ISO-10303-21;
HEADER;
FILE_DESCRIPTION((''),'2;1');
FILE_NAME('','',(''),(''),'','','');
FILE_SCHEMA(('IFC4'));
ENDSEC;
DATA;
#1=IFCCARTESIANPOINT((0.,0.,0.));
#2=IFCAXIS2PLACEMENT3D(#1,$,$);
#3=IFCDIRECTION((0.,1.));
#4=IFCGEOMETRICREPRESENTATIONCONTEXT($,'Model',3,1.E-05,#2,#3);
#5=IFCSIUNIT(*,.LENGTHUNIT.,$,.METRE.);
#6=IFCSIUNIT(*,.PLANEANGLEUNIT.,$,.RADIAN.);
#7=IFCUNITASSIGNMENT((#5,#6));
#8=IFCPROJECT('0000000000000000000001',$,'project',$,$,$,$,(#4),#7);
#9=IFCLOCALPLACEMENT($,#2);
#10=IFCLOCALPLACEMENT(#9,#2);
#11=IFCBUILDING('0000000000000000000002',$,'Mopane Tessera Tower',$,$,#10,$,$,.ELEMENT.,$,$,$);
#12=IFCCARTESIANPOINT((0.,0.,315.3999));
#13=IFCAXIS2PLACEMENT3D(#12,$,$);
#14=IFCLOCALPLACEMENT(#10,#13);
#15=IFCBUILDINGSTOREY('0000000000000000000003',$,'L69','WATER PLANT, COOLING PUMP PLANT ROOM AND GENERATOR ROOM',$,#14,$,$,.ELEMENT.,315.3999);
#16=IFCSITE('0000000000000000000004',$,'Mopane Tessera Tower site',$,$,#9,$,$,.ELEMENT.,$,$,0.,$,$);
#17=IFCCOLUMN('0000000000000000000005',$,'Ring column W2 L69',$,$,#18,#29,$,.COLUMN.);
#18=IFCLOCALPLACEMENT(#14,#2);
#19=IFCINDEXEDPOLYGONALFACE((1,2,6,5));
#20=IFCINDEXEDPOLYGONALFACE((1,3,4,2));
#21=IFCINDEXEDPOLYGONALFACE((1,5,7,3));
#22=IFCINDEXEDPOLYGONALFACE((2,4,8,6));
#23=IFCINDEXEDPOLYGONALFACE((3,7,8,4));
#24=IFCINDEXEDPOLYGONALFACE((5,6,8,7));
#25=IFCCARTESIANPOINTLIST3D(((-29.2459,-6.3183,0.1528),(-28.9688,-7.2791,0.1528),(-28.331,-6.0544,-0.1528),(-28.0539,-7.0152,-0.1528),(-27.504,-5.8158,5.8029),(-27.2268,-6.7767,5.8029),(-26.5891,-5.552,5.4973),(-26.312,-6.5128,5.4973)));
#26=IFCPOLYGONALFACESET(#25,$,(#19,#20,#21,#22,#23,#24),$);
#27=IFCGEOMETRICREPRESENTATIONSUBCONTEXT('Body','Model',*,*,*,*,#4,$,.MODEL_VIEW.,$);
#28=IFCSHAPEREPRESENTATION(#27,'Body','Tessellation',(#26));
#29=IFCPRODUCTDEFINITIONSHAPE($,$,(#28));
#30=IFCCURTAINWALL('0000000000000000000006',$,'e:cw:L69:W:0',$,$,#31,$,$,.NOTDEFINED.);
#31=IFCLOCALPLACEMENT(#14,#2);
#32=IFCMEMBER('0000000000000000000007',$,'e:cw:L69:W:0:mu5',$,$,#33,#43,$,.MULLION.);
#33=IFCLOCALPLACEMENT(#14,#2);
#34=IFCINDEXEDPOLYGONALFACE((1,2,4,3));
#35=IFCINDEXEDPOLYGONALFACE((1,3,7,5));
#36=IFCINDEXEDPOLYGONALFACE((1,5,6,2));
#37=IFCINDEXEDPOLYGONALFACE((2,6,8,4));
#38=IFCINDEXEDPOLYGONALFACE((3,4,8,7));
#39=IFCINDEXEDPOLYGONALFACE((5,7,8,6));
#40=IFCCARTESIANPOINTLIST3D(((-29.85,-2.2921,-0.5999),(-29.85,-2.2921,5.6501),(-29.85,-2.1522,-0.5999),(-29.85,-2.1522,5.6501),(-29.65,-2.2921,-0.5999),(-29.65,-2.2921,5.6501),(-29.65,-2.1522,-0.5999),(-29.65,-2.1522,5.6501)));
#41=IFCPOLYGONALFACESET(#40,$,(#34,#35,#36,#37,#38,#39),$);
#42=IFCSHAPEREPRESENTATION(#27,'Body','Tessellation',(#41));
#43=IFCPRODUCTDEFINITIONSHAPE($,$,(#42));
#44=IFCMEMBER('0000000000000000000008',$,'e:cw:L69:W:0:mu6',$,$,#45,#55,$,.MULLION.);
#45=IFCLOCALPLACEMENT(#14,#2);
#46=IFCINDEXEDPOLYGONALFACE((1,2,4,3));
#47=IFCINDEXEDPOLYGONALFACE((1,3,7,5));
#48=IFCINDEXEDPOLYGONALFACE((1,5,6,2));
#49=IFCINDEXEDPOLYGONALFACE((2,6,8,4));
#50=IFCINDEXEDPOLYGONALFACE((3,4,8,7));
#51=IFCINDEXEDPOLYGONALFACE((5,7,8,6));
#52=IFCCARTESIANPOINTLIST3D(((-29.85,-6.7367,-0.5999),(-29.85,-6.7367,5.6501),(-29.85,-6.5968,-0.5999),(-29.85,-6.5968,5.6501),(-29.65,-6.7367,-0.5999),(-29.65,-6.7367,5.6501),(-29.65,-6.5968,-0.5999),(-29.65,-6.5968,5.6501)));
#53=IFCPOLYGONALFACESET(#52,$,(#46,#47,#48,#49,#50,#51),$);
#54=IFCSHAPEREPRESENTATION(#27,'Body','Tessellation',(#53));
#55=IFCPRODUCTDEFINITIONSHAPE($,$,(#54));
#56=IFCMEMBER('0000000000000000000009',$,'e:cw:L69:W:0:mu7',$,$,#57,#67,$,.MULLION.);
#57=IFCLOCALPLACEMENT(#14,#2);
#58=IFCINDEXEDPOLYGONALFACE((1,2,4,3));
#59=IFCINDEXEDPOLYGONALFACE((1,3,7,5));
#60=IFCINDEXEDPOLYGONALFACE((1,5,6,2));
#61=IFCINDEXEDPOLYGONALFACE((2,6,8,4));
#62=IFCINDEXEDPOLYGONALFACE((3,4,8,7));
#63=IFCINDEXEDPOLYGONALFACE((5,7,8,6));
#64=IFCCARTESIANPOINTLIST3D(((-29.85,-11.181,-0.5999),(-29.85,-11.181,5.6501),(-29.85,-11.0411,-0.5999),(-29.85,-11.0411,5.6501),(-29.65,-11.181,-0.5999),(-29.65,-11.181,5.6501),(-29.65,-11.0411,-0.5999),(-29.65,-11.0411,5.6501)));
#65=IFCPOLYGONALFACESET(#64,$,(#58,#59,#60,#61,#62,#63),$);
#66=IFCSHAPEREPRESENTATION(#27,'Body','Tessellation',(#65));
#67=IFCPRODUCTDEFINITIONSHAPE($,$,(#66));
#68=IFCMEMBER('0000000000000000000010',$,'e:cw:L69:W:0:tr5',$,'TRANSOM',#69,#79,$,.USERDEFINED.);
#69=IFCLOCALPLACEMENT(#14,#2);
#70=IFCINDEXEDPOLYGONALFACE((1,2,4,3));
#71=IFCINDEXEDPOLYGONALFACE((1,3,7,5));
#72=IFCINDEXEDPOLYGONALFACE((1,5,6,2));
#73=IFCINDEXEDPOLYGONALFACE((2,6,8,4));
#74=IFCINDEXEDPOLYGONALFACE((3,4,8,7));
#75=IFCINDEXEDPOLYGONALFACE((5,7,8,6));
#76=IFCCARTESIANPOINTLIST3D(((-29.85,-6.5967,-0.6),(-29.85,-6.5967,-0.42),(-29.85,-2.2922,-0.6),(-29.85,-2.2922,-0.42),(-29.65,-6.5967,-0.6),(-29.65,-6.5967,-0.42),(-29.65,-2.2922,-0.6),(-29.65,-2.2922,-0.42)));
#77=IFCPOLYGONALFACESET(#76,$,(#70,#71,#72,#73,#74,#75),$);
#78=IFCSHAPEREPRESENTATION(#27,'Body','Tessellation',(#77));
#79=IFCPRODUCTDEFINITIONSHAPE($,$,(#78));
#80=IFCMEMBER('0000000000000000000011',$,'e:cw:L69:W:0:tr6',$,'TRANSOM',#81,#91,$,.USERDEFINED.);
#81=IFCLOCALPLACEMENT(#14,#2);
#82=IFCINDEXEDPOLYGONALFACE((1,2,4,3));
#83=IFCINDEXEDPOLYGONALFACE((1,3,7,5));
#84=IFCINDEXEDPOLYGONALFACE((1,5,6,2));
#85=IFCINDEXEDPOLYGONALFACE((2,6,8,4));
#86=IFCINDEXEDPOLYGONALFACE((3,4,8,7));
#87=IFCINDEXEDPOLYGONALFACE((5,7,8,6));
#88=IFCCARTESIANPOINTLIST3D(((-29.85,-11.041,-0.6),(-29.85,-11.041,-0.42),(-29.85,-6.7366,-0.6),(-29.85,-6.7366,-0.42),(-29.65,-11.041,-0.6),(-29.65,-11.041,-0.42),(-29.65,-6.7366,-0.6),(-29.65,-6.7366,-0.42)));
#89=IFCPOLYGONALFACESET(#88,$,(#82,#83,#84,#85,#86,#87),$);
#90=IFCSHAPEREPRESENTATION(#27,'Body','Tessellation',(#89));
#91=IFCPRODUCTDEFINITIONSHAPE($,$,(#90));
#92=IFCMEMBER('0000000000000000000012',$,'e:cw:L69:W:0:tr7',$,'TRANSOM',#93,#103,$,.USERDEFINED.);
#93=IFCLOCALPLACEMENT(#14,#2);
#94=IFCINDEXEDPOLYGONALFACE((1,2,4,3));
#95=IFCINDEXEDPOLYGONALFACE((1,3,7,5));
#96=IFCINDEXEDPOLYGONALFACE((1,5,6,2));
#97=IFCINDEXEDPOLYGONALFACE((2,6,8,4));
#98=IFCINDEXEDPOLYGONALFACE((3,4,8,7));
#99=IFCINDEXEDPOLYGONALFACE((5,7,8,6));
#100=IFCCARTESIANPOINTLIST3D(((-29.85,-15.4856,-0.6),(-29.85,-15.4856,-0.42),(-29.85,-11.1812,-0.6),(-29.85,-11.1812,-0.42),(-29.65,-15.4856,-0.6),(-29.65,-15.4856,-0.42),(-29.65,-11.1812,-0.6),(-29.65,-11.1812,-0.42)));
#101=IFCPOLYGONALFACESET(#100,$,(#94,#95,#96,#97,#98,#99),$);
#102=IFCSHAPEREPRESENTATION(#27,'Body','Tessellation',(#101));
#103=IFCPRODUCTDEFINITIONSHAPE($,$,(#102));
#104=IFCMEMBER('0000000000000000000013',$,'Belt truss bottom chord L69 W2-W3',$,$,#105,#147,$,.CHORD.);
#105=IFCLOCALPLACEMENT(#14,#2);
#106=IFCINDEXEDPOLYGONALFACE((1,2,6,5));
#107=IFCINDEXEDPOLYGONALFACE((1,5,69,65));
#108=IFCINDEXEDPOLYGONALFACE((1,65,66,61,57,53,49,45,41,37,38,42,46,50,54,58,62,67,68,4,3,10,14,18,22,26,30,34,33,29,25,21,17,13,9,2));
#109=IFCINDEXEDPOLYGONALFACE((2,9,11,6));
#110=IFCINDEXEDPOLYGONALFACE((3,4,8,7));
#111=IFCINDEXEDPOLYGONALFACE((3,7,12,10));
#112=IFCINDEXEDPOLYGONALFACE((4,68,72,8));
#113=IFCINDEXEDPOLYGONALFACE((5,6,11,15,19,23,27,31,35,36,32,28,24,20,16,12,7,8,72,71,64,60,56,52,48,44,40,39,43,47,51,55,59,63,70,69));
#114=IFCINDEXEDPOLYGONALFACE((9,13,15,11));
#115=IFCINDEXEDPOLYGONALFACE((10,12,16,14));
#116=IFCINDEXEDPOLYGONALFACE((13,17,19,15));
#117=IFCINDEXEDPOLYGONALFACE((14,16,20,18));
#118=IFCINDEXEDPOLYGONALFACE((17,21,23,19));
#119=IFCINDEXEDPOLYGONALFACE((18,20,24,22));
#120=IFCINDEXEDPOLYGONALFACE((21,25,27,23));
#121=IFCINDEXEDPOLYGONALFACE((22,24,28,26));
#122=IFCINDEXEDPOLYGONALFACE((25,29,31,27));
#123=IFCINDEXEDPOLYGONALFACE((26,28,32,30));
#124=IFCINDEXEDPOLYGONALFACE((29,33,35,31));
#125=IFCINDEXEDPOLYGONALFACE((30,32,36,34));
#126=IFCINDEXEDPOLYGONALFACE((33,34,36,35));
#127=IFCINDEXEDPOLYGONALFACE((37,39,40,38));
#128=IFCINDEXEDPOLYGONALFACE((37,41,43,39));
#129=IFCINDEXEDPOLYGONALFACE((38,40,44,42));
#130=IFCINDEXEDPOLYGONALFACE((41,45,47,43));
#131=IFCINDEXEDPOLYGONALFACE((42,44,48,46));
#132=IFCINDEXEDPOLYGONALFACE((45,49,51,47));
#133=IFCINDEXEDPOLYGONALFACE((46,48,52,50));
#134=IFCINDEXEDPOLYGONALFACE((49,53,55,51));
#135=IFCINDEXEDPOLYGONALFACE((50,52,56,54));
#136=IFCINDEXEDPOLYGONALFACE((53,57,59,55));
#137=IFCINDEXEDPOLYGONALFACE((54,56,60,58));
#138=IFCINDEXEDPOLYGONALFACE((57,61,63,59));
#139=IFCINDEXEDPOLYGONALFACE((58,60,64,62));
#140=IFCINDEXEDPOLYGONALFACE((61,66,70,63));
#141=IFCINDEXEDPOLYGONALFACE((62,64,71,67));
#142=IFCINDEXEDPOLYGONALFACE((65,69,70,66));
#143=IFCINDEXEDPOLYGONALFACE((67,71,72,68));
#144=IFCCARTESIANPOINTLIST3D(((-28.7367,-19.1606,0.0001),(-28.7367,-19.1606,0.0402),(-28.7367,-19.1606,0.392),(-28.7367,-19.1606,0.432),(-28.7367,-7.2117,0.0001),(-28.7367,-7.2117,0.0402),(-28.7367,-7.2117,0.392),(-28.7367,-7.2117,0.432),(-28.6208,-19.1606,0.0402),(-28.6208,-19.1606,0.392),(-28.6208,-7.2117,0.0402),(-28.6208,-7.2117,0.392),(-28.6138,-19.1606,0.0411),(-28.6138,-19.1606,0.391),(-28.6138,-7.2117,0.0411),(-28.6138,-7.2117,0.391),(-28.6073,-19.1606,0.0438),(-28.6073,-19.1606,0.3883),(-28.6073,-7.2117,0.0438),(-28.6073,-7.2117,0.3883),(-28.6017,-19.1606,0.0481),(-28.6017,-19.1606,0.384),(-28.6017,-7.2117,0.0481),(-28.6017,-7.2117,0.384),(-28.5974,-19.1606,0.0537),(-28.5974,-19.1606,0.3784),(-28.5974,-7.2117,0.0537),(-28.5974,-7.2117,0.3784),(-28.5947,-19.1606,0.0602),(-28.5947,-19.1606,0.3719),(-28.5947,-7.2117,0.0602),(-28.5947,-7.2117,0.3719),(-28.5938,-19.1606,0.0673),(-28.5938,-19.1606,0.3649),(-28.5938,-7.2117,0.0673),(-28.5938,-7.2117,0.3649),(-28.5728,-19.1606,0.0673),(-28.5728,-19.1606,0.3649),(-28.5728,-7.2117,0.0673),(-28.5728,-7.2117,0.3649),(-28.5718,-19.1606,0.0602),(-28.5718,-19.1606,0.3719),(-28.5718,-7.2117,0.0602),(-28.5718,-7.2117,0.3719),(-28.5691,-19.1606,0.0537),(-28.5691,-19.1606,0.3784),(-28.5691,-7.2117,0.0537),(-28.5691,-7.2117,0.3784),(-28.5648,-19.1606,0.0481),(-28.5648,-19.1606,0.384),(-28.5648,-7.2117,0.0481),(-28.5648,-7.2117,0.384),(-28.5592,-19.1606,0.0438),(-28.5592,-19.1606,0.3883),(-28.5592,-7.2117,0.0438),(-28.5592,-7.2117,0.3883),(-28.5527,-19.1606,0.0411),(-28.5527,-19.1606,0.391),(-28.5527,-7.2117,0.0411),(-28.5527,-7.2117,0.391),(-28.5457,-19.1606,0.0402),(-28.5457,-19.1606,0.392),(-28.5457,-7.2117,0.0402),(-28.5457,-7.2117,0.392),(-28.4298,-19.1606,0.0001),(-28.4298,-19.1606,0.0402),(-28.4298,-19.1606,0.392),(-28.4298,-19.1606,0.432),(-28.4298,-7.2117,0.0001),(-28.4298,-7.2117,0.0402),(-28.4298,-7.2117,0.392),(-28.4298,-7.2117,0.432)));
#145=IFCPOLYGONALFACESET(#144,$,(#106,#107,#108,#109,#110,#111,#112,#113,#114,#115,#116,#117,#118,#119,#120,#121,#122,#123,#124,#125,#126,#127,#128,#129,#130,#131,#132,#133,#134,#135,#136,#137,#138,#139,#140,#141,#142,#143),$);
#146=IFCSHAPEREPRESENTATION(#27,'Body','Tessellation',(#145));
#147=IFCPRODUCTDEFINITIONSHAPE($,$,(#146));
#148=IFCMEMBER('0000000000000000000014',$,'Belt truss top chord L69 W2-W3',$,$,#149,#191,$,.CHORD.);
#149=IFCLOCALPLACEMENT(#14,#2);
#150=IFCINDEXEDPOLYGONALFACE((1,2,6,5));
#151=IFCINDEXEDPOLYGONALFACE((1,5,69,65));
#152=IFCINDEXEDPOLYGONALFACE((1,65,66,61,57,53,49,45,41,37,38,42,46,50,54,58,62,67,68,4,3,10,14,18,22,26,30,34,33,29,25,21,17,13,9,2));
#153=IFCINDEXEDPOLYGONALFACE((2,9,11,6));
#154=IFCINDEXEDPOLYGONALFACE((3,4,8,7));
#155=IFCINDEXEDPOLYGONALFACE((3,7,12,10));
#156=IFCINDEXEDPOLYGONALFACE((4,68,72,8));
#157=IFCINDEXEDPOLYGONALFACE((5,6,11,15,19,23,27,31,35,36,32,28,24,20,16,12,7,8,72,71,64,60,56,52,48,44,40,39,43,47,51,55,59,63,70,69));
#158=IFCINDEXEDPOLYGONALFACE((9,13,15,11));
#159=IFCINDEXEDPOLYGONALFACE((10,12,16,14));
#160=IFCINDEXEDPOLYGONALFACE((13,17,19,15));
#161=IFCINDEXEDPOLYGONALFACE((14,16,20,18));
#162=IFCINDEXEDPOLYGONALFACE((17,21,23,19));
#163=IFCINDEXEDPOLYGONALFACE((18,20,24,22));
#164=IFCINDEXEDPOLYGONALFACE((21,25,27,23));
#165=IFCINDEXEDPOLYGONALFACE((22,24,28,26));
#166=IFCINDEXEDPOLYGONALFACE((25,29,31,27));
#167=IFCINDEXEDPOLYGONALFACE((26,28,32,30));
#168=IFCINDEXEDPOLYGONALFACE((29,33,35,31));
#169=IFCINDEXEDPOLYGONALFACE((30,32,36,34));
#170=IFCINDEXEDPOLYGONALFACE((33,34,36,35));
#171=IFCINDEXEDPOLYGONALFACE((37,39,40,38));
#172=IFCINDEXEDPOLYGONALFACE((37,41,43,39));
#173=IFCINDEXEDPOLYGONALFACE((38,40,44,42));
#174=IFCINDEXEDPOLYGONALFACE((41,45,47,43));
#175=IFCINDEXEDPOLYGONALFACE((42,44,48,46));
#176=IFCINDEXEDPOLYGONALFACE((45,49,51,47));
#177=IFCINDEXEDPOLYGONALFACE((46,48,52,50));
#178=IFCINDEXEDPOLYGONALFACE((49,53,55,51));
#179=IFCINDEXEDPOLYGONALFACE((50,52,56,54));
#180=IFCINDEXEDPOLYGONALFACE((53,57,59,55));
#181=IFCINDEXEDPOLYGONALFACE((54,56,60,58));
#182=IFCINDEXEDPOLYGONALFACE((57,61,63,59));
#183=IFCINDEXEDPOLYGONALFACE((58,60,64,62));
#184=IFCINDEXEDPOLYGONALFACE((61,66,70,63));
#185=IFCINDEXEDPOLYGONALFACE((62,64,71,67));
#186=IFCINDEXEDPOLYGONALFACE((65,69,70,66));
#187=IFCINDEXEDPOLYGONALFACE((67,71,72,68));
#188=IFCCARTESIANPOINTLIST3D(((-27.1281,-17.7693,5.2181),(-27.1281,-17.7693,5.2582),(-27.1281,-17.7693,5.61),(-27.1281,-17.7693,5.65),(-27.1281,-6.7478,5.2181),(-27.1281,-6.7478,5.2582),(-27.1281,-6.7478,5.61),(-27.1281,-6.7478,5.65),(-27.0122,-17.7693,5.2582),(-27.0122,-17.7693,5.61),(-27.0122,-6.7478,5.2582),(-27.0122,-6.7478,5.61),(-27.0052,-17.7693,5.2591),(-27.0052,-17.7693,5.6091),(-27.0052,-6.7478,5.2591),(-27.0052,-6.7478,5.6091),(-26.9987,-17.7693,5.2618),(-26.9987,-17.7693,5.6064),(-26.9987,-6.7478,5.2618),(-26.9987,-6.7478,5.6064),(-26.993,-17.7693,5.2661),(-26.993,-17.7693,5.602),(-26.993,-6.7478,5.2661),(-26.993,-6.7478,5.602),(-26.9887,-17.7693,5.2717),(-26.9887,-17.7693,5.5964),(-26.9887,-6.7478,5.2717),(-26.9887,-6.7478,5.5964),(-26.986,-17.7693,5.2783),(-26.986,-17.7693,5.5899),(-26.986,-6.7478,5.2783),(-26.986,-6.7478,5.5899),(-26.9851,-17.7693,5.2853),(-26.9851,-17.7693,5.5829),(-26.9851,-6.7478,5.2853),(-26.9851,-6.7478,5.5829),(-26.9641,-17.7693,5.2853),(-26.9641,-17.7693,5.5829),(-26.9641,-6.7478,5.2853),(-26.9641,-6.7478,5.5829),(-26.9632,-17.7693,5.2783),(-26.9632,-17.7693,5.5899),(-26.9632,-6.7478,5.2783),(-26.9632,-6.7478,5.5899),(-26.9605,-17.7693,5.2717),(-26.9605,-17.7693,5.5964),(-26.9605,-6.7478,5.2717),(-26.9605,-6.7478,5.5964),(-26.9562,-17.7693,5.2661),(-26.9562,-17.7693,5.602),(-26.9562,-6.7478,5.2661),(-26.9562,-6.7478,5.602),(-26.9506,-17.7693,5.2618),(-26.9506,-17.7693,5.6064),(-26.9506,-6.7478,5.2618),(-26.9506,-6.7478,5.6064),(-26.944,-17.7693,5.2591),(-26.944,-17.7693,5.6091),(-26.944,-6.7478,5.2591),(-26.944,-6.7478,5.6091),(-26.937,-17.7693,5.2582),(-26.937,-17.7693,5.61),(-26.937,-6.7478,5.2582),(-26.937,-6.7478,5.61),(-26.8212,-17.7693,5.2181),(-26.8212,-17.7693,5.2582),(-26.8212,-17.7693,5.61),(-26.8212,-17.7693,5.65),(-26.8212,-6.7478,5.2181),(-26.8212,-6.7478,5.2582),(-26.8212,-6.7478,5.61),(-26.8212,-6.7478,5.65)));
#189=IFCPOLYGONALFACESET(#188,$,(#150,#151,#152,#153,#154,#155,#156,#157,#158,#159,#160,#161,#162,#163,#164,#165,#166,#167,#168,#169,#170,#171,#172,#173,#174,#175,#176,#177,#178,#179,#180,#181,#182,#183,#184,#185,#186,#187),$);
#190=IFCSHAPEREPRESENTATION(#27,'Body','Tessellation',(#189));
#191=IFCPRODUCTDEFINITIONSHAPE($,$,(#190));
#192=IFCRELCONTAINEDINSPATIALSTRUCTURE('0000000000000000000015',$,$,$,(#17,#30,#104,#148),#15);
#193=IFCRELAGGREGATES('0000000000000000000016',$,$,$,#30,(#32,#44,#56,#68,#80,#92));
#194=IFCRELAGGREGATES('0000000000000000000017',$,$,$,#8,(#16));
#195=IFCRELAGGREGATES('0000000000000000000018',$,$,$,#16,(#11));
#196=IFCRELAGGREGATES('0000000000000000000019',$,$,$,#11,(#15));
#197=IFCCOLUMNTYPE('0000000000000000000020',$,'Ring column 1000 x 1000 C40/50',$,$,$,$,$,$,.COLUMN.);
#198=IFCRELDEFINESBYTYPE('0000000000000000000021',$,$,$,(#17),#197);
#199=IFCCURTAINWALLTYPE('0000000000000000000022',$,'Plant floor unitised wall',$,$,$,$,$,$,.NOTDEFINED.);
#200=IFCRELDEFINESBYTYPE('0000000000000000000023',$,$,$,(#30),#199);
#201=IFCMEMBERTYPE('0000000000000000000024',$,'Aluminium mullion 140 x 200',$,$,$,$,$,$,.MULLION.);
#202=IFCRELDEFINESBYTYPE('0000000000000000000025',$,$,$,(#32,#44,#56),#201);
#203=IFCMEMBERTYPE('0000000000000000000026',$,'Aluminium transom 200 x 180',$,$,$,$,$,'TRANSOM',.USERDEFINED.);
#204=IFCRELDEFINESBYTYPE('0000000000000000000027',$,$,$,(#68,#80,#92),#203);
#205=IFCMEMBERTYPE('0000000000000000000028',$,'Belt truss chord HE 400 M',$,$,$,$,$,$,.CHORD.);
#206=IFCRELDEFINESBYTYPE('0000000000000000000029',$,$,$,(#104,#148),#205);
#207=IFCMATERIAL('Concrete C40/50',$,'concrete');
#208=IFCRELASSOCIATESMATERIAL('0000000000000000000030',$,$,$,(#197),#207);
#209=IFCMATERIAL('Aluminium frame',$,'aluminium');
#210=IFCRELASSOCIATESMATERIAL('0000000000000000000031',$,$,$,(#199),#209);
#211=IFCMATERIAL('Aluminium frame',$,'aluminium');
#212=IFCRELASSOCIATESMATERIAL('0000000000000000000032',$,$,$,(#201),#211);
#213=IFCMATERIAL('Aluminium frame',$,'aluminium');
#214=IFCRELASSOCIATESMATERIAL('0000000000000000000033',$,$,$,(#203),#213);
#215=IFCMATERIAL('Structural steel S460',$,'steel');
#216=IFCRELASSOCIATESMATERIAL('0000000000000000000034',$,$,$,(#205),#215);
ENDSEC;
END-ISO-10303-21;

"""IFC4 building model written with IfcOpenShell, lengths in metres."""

from ifc_helpers import new_model, si_unit, direction, frame, origin, origin_2d, place, context, subcontext, project, spatial, rectangle, i_section, extrude, material, material_profile, profile_set, type_object, element, aggregate, save


model = new_model("IFC4")

# Units and contexts
model_context = context("Model", 3, precision=1e-05, world=origin(), true_north=direction((0.0, 1.0)))
body_context = subcontext(model_context, "Body", "Model", "MODEL_VIEW")
ifc_project = project(units=[si_unit("LENGTHUNIT", "METRE"), si_unit("PLANEANGLEUNIT", "RADIAN")], contexts=[model_context])

# Site, building, storey
site_placement = place(None, origin())
site = spatial("IfcSite", under=ifc_project, at=site_placement, Name="Mopane Tessera Tower site", CompositionType="ELEMENT", RefElevation=0.0)
building_placement = place(site_placement, origin())
building = spatial("IfcBuilding", under=site, at=building_placement, Name="Mopane Tessera Tower", CompositionType="ELEMENT")
storey_placement = place(building_placement, frame((0.0, 0.0, 315.3999)))
storey = spatial("IfcBuildingStorey", under=building, at=storey_placement, Name="L69", Description="WATER PLANT, COOLING PUMP PLANT ROOM AND GENERATOR ROOM", CompositionType="ELEMENT", Elevation=315.3999)

# Column
ifc_material_1 = material(Name="Concrete C40/50", Category="concrete")
ifc_material_profile_1 = material_profile(ifc_material_1, rectangle(XDim=1.0, YDim=1.0, at=origin_2d()))
ifc_profile_set_1 = profile_set([ifc_material_profile_1], Name="Concrete C40/50")
column_type = type_object("IfcColumnType", Name="Ring column 1000 x 1000 C40/50", PredefinedType="COLUMN", material=ifc_profile_set_1)
column_placement = place(storey_placement, frame((-28.6499, -6.6667, 0.0), z_axis=(0.293559, 0.084673, 0.952184), x_axis=(-0.277139, 0.96083, 0.0)))
element("IfcColumn", 1, at=column_placement, inside=storey, type_object=column_type, Name="Ring column W2 L69", PredefinedType="COLUMN", context=body_context, shape_type="SweptSolid", body=[
    extrude(rectangle(XDim=1.0, YDim=1.0, at=origin_2d()), origin(), (0.0, 0.0, 1.0), 5.9338),
])

# Curtain wall, members
ifc_material_2 = material(Name="Aluminium frame", Category="aluminium")
curtain_wall_type = type_object("IfcCurtainWallType", Name="Plant floor unitised wall", PredefinedType="NOTDEFINED", material=ifc_material_2)
curtain_wall_placement = place(storey_placement, origin())
curtain_wall = element("IfcCurtainWall", 2, at=curtain_wall_placement, inside=storey, type_object=curtain_wall_type, Name="e:cw:L69:W:0", PredefinedType="NOTDEFINED")
ifc_material_3 = material(Name="Aluminium frame", Category="aluminium")
ifc_material_profile_2 = material_profile(ifc_material_3, rectangle(XDim=0.1399, YDim=0.2, at=origin_2d()))
ifc_profile_set_2 = profile_set([ifc_material_profile_2], Name="Aluminium frame")
member_type_1 = type_object("IfcMemberType", Name="Aluminium mullion 140 x 200", PredefinedType="MULLION", material=ifc_profile_set_2)
member_1_placement = place(storey_placement, frame((-29.75, -2.2222, -0.5999), z_axis=(0.0, 0.0, 1.0), x_axis=(0.0, -1.0, 0.0)))
member_1 = element("IfcMember", 3, at=member_1_placement, type_object=member_type_1, Name="e:cw:L69:W:0:mu5", PredefinedType="MULLION", context=body_context, shape_type="SweptSolid", body=[
    extrude(rectangle(XDim=0.1399, YDim=0.2, at=origin_2d()), origin(), (0.0, 0.0, 1.0), 6.25),
])
member_2_placement = place(storey_placement, frame((-29.75, -6.6667, -0.5999), z_axis=(0.0, 0.0, 1.0), x_axis=(0.0, -1.0, 0.0)))
member_2 = element("IfcMember", 4, at=member_2_placement, type_object=member_type_1, Name="e:cw:L69:W:0:mu6", PredefinedType="MULLION", context=body_context, shape_type="SweptSolid", body=[
    extrude(rectangle(XDim=0.1399, YDim=0.2, at=origin_2d()), origin(), (0.0, 0.0, 1.0), 6.25),
])
member_3_placement = place(storey_placement, frame((-29.75, -11.1111, -0.5999), z_axis=(0.0, 0.0, 1.0), x_axis=(0.0, -1.0, 0.0)))
member_3 = element("IfcMember", 5, at=member_3_placement, type_object=member_type_1, Name="e:cw:L69:W:0:mu7", PredefinedType="MULLION", context=body_context, shape_type="SweptSolid", body=[
    extrude(rectangle(XDim=0.1399, YDim=0.2, at=origin_2d()), origin(), (0.0, 0.0, 1.0), 6.25),
])
ifc_material_4 = material(Name="Aluminium frame", Category="aluminium")
ifc_material_profile_3 = material_profile(ifc_material_4, rectangle(XDim=0.2, YDim=0.1799, at=origin_2d()))
ifc_profile_set_3 = profile_set([ifc_material_profile_3], Name="Aluminium frame")
member_type_2 = type_object("IfcMemberType", Name="Aluminium transom 200 x 180", ElementType="TRANSOM", PredefinedType="USERDEFINED", material=ifc_profile_set_3)
member_4_placement = place(storey_placement, frame((-29.75, -2.2922, -0.51), z_axis=(0.0, -1.0, 0.0), x_axis=(1.0, 0.0, 0.0)))
member_4 = element("IfcMember", 6, at=member_4_placement, type_object=member_type_2, Name="e:cw:L69:W:0:tr5", ObjectType="TRANSOM", PredefinedType="USERDEFINED", context=body_context, shape_type="SweptSolid", body=[
    extrude(rectangle(XDim=0.2, YDim=0.1799, at=origin_2d()), origin(), (0.0, 0.0, 1.0), 4.3044),
])
member_5_placement = place(storey_placement, frame((-29.75, -6.7366, -0.51), z_axis=(0.0, -1.0, 0.0), x_axis=(1.0, 0.0, 0.0)))
member_5 = element("IfcMember", 7, at=member_5_placement, type_object=member_type_2, Name="e:cw:L69:W:0:tr6", ObjectType="TRANSOM", PredefinedType="USERDEFINED", context=body_context, shape_type="SweptSolid", body=[
    extrude(rectangle(XDim=0.2, YDim=0.1799, at=origin_2d()), origin(), (0.0, 0.0, 1.0), 4.3044),
])
member_6_placement = place(storey_placement, frame((-29.75, -11.1812, -0.51), z_axis=(0.0, -1.0, 0.0), x_axis=(1.0, 0.0, 0.0)))
member_6 = element("IfcMember", 8, at=member_6_placement, type_object=member_type_2, Name="e:cw:L69:W:0:tr7", ObjectType="TRANSOM", PredefinedType="USERDEFINED", context=body_context, shape_type="SweptSolid", body=[
    extrude(rectangle(XDim=0.2, YDim=0.1799, at=origin_2d()), origin(), (0.0, 0.0, 1.0), 4.3044),
])

# Members
ifc_material_5 = material(Name="Structural steel S460", Category="steel")
ifc_material_profile_4 = material_profile(ifc_material_5, i_section(OverallWidth=0.3069, OverallDepth=0.4319, WebThickness=0.021, FlangeThickness=0.04, FilletRadius=0.0271, at=origin_2d()))
ifc_profile_set_4 = profile_set([ifc_material_profile_4], Name="Structural steel S460")
member_type_3 = type_object("IfcMemberType", Name="Belt truss chord HE 400 M", PredefinedType="CHORD", material=ifc_profile_set_4)
member_7_placement = place(storey_placement, frame((-28.5833, -7.2117, 0.2161), z_axis=(0.0, -1.0, 0.0), x_axis=(1.0, 0.0, 0.0)))
element("IfcMember", 9, at=member_7_placement, inside=storey, type_object=member_type_3, Name="Belt truss bottom chord L69 W2-W3", PredefinedType="CHORD", context=body_context, shape_type="SweptSolid", body=[
    extrude(i_section(OverallWidth=0.3069, OverallDepth=0.4319, WebThickness=0.021, FlangeThickness=0.04, FilletRadius=0.0271, at=origin_2d()), origin(), (0.0, 0.0, 1.0), 11.949),
])
member_8_placement = place(storey_placement, frame((-26.9746, -6.7478, 5.4341), z_axis=(0.0, -1.0, 0.0), x_axis=(1.0, 0.0, 0.0)))
element("IfcMember", 10, at=member_8_placement, inside=storey, type_object=member_type_3, Name="Belt truss top chord L69 W2-W3", PredefinedType="CHORD", context=body_context, shape_type="SweptSolid", body=[
    extrude(i_section(OverallWidth=0.3069, OverallDepth=0.4319, WebThickness=0.021, FlangeThickness=0.04, FilletRadius=0.0271, at=origin_2d()), origin(), (0.0, 0.0, 1.0), 11.0215),
])

aggregate(curtain_wall, [member_1, member_2, member_3, member_4, member_5, member_6])

save(model, "model.ifc")
